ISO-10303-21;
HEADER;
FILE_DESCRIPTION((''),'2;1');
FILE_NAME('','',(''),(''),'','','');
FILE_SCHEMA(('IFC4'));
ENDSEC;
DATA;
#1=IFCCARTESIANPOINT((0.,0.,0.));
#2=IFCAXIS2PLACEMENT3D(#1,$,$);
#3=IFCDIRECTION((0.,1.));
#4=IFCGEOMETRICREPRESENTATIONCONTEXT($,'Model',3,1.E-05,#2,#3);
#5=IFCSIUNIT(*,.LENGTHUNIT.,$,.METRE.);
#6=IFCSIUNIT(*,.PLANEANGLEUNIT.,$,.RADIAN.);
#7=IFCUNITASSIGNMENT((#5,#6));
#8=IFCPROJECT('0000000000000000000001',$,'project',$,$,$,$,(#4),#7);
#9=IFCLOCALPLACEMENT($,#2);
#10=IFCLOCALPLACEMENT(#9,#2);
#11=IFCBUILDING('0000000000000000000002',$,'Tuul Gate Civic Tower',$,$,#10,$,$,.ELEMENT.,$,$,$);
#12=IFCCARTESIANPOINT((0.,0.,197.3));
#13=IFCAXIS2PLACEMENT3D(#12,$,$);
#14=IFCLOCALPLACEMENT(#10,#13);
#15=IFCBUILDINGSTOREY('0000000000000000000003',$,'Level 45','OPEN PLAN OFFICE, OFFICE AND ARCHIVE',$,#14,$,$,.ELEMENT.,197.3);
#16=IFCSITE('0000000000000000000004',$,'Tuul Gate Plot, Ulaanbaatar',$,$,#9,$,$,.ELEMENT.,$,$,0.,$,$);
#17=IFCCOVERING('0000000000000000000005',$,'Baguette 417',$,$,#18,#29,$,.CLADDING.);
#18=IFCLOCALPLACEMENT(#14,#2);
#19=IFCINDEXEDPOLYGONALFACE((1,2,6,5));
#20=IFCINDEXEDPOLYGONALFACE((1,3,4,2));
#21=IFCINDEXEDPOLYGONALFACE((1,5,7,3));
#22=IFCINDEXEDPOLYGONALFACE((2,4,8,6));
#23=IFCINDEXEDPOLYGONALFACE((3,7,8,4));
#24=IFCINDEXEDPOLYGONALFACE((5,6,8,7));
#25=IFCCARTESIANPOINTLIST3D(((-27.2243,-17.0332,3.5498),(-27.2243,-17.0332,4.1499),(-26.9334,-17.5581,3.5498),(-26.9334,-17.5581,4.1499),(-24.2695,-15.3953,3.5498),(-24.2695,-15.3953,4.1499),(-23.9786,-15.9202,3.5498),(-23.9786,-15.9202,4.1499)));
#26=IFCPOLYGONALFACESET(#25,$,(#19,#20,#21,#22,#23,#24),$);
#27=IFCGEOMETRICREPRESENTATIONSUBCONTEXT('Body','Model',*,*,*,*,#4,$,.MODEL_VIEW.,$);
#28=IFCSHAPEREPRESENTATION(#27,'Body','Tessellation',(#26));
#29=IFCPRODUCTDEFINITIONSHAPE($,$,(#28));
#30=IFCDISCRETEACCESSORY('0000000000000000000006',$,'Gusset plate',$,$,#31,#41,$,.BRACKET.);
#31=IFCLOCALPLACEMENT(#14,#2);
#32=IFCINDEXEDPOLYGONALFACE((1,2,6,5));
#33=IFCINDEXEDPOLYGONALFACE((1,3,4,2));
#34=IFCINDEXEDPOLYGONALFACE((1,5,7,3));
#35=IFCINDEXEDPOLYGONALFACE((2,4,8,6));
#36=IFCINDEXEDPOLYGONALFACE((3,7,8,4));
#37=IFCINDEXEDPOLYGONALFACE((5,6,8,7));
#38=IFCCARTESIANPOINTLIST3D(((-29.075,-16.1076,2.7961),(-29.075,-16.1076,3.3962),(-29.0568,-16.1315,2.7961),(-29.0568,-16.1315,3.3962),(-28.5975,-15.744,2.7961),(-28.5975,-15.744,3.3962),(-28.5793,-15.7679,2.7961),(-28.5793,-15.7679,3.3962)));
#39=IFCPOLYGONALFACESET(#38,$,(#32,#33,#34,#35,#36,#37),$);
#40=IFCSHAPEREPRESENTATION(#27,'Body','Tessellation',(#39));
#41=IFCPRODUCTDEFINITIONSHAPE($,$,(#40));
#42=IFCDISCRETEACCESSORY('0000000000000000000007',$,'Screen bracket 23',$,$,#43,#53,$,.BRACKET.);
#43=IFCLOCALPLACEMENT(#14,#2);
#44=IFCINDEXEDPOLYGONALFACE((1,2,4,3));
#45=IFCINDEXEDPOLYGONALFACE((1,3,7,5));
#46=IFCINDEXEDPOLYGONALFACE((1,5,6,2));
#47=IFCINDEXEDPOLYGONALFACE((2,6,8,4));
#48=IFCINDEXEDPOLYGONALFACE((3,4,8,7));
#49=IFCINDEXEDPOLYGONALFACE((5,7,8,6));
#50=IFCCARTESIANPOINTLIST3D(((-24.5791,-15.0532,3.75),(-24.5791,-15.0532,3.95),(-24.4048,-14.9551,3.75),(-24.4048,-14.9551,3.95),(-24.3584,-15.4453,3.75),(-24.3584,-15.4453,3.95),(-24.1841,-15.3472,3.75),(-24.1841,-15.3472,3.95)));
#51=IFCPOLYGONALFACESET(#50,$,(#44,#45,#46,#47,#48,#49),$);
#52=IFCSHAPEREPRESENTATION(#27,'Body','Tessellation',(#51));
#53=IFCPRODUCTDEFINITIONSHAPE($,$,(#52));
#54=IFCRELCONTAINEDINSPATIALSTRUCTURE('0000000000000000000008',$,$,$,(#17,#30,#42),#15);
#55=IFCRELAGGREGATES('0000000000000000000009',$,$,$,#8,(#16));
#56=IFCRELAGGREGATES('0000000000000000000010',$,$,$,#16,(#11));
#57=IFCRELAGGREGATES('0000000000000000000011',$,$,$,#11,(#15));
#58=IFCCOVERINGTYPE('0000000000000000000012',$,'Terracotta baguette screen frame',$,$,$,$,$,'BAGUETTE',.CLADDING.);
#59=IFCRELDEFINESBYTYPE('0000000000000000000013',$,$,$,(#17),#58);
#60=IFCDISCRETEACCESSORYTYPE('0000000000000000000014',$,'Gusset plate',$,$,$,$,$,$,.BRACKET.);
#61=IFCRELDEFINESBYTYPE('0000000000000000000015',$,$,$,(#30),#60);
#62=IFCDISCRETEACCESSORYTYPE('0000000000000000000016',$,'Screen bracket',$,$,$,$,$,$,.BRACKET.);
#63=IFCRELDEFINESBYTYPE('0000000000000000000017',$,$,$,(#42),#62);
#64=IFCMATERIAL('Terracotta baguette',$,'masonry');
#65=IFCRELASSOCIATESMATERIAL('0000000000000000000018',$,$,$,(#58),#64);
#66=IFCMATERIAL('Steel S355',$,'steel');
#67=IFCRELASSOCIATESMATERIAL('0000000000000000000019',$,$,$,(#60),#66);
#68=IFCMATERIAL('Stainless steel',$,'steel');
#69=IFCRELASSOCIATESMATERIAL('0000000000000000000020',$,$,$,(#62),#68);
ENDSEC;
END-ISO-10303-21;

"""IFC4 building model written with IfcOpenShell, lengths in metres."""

from ifc_helpers import new_model, si_unit, direction, frame, origin, origin_2d, place, context, subcontext, project, spatial, rectangle, extrude, material, material_profile, profile_set, type_object, element, save


model = new_model("IFC4")

# Units and contexts
model_context = context("Model", 3, precision=1e-05, world=origin(), true_north=direction((0.0, 1.0)))
body_context = subcontext(model_context, "Body", "Model", "MODEL_VIEW")
ifc_project = project(units=[si_unit("LENGTHUNIT", "METRE"), si_unit("PLANEANGLEUNIT", "RADIAN")], contexts=[model_context])

# Site, building, storey
site_placement = place(None, origin())
site = spatial("IfcSite", under=ifc_project, at=site_placement, Name="Tuul Gate Plot, Ulaanbaatar", CompositionType="ELEMENT", RefElevation=0.0)
building_placement = place(site_placement, origin())
building = spatial("IfcBuilding", under=site, at=building_placement, Name="Tuul Gate Civic Tower", CompositionType="ELEMENT")
storey_placement = place(building_placement, frame((0.0, 0.0, 197.3)))
storey = spatial("IfcBuildingStorey", under=building, at=storey_placement, Name="Level 45", Description="OPEN PLAN OFFICE, OFFICE AND ARCHIVE", CompositionType="ELEMENT", Elevation=197.3)

# Covering
ifc_material_1 = material(Name="Terracotta baguette", Category="masonry")
ifc_material_profile_1 = material_profile(ifc_material_1, rectangle(XDim=0.6001, YDim=0.6001, at=origin_2d()), Name="Terracotta baguette screen frame")
ifc_profile_set_1 = profile_set([ifc_material_profile_1], Name="Terracotta baguette")
covering_type = type_object("IfcCoveringType", Name="Terracotta baguette screen frame", ElementType="BAGUETTE", PredefinedType="CLADDING", material=ifc_profile_set_1)
covering_1_placement = place(storey_placement, frame((-27.0789, -17.2957, 3.8499), z_axis=(0.874614, 0.484821, 0.0), x_axis=(-0.484821, 0.874614, 0.0)))
element("IfcCovering", 1, at=covering_1_placement, inside=storey, type_object=covering_type, Name="Baguette 417", PredefinedType="CLADDING", context=body_context, shape_type="SweptSolid", body=[
    extrude(rectangle(XDim=0.6001, YDim=0.6001, at=origin_2d()), origin(), (0.0, 0.0, 1.0), 3.3784),
])

# Discrete accessories
ifc_material_2 = material(Name="Steel S355", Category="steel")
discrete_accessory_type_1 = type_object("IfcDiscreteAccessoryType", Name="Gusset plate", PredefinedType="BRACKET", material=ifc_material_2)
discrete_accessory_1_placement = place(storey_placement, frame((-28.8271, -15.9377, 2.7961), z_axis=(0.0, 0.0, 1.0), x_axis=(0.795616, 0.605801, 0.0)))
element("IfcDiscreteAccessory", 2, at=discrete_accessory_1_placement, inside=storey, type_object=discrete_accessory_type_1, Name="Gusset plate", PredefinedType="BRACKET", context=body_context, shape_type="SweptSolid", body=[
    extrude(rectangle(XDim=0.6001, YDim=0.03, at=origin_2d()), origin(), (0.0, 0.0, 1.0), 0.6001),
])
ifc_material_3 = material(Name="Stainless steel", Category="steel")
discrete_accessory_type_2 = type_object("IfcDiscreteAccessoryType", Name="Screen bracket", PredefinedType="BRACKET", material=ifc_material_3)
discrete_accessory_2_placement = place(storey_placement, frame((-24.3816, -15.2002, 3.75), z_axis=(0.0, 0.0, 1.0), x_axis=(0.490458, -0.871465, 0.0)))
element("IfcDiscreteAccessory", 3, at=discrete_accessory_2_placement, inside=storey, type_object=discrete_accessory_type_2, Name="Screen bracket 23", PredefinedType="BRACKET", context=body_context, shape_type="SweptSolid", body=[
    extrude(rectangle(XDim=0.45, YDim=0.2, at=origin_2d()), origin(), (0.0, 0.0, 1.0), 0.2),
])

save(model, "model.ifc")
